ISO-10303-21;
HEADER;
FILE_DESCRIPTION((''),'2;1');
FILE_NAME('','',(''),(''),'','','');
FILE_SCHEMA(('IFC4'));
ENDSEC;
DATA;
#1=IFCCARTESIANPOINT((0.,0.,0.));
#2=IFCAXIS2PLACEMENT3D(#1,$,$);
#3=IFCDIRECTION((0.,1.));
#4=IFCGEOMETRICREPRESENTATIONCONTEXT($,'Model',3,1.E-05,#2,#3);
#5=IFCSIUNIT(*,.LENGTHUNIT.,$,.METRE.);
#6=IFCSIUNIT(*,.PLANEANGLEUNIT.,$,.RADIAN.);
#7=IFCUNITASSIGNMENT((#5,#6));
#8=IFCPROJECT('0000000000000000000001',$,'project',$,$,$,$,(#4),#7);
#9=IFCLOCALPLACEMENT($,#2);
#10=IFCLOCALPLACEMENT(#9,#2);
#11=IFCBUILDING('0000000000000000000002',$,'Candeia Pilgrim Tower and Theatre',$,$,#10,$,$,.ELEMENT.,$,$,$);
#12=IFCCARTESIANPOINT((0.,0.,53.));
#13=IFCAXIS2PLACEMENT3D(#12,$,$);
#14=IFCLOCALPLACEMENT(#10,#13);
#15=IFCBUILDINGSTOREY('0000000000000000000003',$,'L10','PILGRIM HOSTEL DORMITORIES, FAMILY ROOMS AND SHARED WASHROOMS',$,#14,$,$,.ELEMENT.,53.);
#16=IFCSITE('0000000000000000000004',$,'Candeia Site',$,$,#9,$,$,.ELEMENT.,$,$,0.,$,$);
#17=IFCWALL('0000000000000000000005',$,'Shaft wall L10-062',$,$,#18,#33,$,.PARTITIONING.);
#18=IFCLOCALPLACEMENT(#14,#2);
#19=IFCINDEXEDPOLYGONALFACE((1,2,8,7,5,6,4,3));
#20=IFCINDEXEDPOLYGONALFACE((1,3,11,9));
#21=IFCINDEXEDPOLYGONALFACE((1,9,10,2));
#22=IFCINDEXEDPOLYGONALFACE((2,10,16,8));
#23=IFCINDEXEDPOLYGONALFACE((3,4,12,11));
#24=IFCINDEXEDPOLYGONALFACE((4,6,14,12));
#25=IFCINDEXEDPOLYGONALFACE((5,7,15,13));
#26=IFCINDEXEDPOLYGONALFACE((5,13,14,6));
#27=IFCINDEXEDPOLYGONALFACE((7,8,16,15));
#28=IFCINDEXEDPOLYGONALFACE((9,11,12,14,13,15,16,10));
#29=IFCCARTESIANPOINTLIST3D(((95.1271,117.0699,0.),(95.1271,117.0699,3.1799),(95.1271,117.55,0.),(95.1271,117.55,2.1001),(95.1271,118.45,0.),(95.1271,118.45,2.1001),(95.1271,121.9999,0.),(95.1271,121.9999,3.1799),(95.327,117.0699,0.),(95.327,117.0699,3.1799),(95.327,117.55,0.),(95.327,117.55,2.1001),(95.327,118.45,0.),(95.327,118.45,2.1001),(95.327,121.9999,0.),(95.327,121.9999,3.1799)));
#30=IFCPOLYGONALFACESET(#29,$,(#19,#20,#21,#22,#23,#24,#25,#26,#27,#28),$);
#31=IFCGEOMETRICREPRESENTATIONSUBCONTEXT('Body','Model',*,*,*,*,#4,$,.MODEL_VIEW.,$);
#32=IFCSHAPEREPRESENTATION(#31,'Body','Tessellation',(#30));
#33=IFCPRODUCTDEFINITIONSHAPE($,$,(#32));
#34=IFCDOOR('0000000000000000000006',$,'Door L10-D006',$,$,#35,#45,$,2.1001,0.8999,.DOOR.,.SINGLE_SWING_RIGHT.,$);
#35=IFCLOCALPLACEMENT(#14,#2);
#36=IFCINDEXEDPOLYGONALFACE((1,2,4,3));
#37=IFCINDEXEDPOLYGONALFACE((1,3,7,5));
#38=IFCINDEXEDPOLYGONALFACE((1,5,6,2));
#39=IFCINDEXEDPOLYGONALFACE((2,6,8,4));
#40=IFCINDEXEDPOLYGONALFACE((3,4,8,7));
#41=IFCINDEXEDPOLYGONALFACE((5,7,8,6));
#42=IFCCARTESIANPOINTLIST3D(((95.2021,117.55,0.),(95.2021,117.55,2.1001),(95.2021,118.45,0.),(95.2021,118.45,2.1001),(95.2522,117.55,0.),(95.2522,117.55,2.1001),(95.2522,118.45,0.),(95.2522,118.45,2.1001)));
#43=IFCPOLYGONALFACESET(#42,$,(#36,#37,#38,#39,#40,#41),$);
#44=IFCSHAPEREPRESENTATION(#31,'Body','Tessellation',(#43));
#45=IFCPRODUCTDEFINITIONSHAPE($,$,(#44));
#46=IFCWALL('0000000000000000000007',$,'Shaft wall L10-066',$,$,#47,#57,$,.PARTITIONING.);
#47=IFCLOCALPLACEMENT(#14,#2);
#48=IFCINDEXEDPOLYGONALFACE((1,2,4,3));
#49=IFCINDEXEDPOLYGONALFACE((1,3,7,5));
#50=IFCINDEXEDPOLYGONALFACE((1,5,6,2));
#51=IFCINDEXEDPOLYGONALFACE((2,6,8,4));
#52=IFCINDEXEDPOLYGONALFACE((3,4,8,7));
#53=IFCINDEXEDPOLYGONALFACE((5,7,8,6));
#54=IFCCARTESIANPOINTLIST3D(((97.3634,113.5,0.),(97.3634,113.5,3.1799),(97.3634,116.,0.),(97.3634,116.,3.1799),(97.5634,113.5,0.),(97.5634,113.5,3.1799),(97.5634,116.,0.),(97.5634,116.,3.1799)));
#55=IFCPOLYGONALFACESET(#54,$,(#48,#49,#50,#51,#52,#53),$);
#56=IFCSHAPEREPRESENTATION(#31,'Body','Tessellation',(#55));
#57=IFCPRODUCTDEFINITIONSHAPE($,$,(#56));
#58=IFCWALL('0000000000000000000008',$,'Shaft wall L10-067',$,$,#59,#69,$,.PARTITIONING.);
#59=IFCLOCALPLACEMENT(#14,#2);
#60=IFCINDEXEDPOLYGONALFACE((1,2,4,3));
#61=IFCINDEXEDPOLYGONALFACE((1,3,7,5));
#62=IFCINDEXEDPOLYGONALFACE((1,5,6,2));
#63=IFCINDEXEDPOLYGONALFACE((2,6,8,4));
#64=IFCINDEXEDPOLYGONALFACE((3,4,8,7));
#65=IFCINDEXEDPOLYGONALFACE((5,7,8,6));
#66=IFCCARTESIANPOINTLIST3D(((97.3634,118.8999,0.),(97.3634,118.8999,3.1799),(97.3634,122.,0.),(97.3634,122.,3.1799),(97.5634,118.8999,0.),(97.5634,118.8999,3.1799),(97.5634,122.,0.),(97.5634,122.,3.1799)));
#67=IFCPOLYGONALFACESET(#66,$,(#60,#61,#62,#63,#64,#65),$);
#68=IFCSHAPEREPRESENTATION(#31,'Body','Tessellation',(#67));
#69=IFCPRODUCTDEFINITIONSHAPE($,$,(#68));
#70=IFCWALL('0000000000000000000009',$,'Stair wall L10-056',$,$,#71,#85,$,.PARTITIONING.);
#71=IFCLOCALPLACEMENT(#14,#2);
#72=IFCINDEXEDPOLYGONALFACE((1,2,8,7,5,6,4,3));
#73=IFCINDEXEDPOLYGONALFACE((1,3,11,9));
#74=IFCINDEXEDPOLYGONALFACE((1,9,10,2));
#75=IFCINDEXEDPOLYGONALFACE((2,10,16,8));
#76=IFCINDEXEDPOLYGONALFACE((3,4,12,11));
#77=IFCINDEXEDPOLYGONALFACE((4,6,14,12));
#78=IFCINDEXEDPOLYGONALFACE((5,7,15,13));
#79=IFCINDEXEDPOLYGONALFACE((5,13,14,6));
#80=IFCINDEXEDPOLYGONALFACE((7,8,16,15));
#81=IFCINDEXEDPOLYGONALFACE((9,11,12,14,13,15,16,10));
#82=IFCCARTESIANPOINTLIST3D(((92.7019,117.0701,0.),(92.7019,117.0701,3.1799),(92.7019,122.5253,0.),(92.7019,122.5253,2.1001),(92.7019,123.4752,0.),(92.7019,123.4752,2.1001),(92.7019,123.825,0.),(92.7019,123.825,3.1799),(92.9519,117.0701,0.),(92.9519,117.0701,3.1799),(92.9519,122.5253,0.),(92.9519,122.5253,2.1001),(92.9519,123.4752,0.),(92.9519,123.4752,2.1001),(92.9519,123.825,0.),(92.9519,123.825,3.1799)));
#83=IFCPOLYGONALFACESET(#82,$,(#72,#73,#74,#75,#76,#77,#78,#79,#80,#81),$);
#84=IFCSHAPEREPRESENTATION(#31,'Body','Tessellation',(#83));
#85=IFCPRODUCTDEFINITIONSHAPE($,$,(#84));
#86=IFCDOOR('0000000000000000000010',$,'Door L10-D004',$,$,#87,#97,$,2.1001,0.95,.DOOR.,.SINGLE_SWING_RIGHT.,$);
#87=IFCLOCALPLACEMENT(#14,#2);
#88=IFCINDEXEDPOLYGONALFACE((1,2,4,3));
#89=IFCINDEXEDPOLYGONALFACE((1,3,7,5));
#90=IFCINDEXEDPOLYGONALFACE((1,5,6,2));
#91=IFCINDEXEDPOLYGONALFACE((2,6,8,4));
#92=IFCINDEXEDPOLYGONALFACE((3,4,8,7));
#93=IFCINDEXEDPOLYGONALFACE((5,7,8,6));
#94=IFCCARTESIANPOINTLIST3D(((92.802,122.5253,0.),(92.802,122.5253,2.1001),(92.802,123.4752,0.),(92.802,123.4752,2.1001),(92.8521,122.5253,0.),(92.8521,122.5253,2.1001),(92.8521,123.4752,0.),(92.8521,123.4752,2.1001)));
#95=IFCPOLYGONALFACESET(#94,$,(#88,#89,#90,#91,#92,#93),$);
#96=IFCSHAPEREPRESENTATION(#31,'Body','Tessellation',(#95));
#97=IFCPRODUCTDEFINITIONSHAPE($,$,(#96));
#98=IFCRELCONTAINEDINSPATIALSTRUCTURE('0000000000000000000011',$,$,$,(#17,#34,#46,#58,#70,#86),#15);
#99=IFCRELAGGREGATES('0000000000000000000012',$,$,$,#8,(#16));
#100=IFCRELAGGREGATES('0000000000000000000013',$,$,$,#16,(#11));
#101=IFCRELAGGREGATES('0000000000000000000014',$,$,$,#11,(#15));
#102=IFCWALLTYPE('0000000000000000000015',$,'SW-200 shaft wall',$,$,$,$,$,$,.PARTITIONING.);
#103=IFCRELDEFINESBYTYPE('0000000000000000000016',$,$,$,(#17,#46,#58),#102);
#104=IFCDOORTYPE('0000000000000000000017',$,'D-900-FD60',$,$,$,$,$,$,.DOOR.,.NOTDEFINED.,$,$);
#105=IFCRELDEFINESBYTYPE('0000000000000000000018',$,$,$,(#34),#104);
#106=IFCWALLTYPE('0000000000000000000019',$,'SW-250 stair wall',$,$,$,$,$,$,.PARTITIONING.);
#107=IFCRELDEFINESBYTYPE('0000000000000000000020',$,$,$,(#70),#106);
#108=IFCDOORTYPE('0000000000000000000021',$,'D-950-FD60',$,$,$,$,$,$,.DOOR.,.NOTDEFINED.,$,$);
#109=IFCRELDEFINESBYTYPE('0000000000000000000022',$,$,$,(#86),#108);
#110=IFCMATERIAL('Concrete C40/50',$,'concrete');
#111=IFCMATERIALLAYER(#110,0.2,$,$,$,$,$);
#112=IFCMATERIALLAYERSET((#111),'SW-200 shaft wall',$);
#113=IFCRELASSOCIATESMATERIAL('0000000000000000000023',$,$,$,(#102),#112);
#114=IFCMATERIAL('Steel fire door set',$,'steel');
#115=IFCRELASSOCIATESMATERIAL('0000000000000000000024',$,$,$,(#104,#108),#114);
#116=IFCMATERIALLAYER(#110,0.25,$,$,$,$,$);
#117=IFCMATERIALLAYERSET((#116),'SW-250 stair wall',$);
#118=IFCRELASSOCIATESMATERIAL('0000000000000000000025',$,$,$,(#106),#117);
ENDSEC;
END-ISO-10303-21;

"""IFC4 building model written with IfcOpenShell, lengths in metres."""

from ifc_helpers import new_model, si_unit, direction, frame, frame_2d, origin, place, context, subcontext, project, spatial, rectangle, extrude, material, layer, layer_set, type_object, element, fill, save


model = new_model("IFC4")

# Units and contexts
model_context = context("Model", 3, precision=1e-05, world=origin(), true_north=direction((0.0, 1.0)))
body_context = subcontext(model_context, "Body", "Model", "MODEL_VIEW")
ifc_project = project(units=[si_unit("LENGTHUNIT", "METRE"), si_unit("PLANEANGLEUNIT", "RADIAN")], contexts=[model_context])

# Site, building, storey
site_placement = place(None, origin())
site = spatial("IfcSite", under=ifc_project, at=site_placement, Name="Candeia Site", CompositionType="ELEMENT", RefElevation=0.0)
building_placement = place(site_placement, origin())
building = spatial("IfcBuilding", under=site, at=building_placement, Name="Candeia Pilgrim Tower and Theatre", CompositionType="ELEMENT")
storey_placement = place(building_placement, frame((0.0, 0.0, 53.0)))
storey = spatial("IfcBuildingStorey", under=building, at=storey_placement, Name="L10", Description="PILGRIM HOSTEL DORMITORIES, FAMILY ROOMS AND SHARED WASHROOMS", CompositionType="ELEMENT", Elevation=53.0)

# Shared definitions
ifc_material_1 = material(Name="Steel fire door set", Category="steel")

# Shared definitions
ifc_material_2 = material(Name="Concrete C40/50", Category="concrete")
ifc_layer_1 = layer(ifc_material_2, 0.2)
ifc_layer_set_1 = layer_set([ifc_layer_1], Name="SW-200 shaft wall")
wall_type_1 = type_object("IfcWallType", Name="SW-200 shaft wall", PredefinedType="PARTITIONING", material=ifc_layer_set_1)
door_type_1 = type_object("IfcDoorType", Name="D-900-FD60", OperationType="NOTDEFINED", PredefinedType="DOOR", material=ifc_material_1)

# Wall, opening, door
wall_1_placement = place(storey_placement, frame((95.2271, 117.0701, 0.0), z_axis=(0.0, 0.0, 1.0), x_axis=(0.0, 1.0, 0.0)))
wall_1 = element("IfcWall", 1, at=wall_1_placement, inside=storey, type_object=wall_type_1, Name="Shaft wall L10-062", PredefinedType="PARTITIONING", context=body_context, shape_type="SweptSolid", body=[
    extrude(rectangle(XDim=4.9299, YDim=0.2, at=frame_2d((2.4648, 0.0))), origin(), (0.0, 0.0, 1.0), 3.1799),
])
opening_1_placement = place(wall_1_placement, frame((0.48, 0.0, 0.0)))
opening_1 = element("IfcOpeningElement", 2, at=opening_1_placement, cuts=wall_1, PredefinedType="OPENING", context=body_context, shape_type="SweptSolid", body=[
    extrude(rectangle(XDim=0.8999, YDim=2.1001, at=frame_2d((0.45, 1.05))), frame((0.0, 0.1099, 0.0), z_axis=(0.0, -1.0, 0.0), x_axis=(1.0, 0.0, 0.0)), (0.0, 0.0, 1.0), 0.22),
])
door_1_placement = place(opening_1_placement, origin())
door_1 = element("IfcDoor", 3, at=door_1_placement, inside=storey, type_object=door_type_1, Name="Door L10-D006", OperationType="SINGLE_SWING_RIGHT", OverallHeight=2.1001, OverallWidth=0.8999, PredefinedType="DOOR", context=body_context, shape_type="SweptSolid", body=[
    extrude(rectangle(XDim=0.8999, YDim=2.1001, at=frame_2d((0.45, 1.05))), frame((0.0, 0.0249, 0.0), z_axis=(0.0, -1.0, 0.0), x_axis=(1.0, 0.0, 0.0)), (0.0, 0.0, 1.0), 0.05),
])
fill(opening_1, door_1)

# Walls
wall_2_placement = place(storey_placement, frame((97.4634, 113.5, 0.0), z_axis=(0.0, 0.0, 1.0), x_axis=(0.0, 1.0, 0.0)))
element("IfcWall", 4, at=wall_2_placement, inside=storey, type_object=wall_type_1, Name="Shaft wall L10-066", PredefinedType="PARTITIONING", context=body_context, shape_type="SweptSolid", body=[
    extrude(rectangle(XDim=2.5, YDim=0.2, at=frame_2d((1.25, 0.0))), origin(), (0.0, 0.0, 1.0), 3.1799),
])
wall_3_placement = place(storey_placement, frame((97.4634, 118.8999, 0.0), z_axis=(0.0, 0.0, 1.0), x_axis=(0.0, 1.0, 0.0)))
element("IfcWall", 5, at=wall_3_placement, inside=storey, type_object=wall_type_1, Name="Shaft wall L10-067", PredefinedType="PARTITIONING", context=body_context, shape_type="SweptSolid", body=[
    extrude(rectangle(XDim=3.1001, YDim=0.2, at=frame_2d((1.55, 0.0))), origin(), (0.0, 0.0, 1.0), 3.1799),
])

# Wall, opening, door
ifc_layer_2 = layer(ifc_material_2, 0.25)
ifc_layer_set_2 = layer_set([ifc_layer_2], Name="SW-250 stair wall")
wall_type_2 = type_object("IfcWallType", Name="SW-250 stair wall", PredefinedType="PARTITIONING", material=ifc_layer_set_2)
wall_4_placement = place(storey_placement, frame((92.8269, 117.0701, 0.0), z_axis=(0.0, 0.0, 1.0), x_axis=(0.0, 1.0, 0.0)))
wall_4 = element("IfcWall", 6, at=wall_4_placement, inside=storey, type_object=wall_type_2, Name="Stair wall L10-056", PredefinedType="PARTITIONING", context=body_context, shape_type="SweptSolid", body=[
    extrude(rectangle(XDim=6.7549, YDim=0.25, at=frame_2d((3.3774, 0.0))), origin(), (0.0, 0.0, 1.0), 3.1799),
])
opening_2_placement = place(wall_4_placement, frame((5.4551, 0.0, 0.0)))
opening_2 = element("IfcOpeningElement", 7, at=opening_2_placement, cuts=wall_4, PredefinedType="OPENING", context=body_context, shape_type="SweptSolid", body=[
    extrude(rectangle(XDim=0.95, YDim=2.1001, at=frame_2d((0.4751, 1.05))), frame((0.0, 0.135, 0.0), z_axis=(0.0, -1.0, 0.0), x_axis=(1.0, 0.0, 0.0)), (0.0, 0.0, 1.0), 0.27),
])
door_type_2 = type_object("IfcDoorType", Name="D-950-FD60", OperationType="NOTDEFINED", PredefinedType="DOOR", material=ifc_material_1)
door_2_placement = place(opening_2_placement, origin())
door_2 = element("IfcDoor", 8, at=door_2_placement, inside=storey, type_object=door_type_2, Name="Door L10-D004", OperationType="SINGLE_SWING_RIGHT", OverallHeight=2.1001, OverallWidth=0.95, PredefinedType="DOOR", context=body_context, shape_type="SweptSolid", body=[
    extrude(rectangle(XDim=0.95, YDim=2.1001, at=frame_2d((0.4751, 1.05))), frame((0.0, 0.0249, 0.0), z_axis=(0.0, -1.0, 0.0), x_axis=(1.0, 0.0, 0.0)), (0.0, 0.0, 1.0), 0.05),
])
fill(opening_2, door_2)

save(model, "model.ifc")
